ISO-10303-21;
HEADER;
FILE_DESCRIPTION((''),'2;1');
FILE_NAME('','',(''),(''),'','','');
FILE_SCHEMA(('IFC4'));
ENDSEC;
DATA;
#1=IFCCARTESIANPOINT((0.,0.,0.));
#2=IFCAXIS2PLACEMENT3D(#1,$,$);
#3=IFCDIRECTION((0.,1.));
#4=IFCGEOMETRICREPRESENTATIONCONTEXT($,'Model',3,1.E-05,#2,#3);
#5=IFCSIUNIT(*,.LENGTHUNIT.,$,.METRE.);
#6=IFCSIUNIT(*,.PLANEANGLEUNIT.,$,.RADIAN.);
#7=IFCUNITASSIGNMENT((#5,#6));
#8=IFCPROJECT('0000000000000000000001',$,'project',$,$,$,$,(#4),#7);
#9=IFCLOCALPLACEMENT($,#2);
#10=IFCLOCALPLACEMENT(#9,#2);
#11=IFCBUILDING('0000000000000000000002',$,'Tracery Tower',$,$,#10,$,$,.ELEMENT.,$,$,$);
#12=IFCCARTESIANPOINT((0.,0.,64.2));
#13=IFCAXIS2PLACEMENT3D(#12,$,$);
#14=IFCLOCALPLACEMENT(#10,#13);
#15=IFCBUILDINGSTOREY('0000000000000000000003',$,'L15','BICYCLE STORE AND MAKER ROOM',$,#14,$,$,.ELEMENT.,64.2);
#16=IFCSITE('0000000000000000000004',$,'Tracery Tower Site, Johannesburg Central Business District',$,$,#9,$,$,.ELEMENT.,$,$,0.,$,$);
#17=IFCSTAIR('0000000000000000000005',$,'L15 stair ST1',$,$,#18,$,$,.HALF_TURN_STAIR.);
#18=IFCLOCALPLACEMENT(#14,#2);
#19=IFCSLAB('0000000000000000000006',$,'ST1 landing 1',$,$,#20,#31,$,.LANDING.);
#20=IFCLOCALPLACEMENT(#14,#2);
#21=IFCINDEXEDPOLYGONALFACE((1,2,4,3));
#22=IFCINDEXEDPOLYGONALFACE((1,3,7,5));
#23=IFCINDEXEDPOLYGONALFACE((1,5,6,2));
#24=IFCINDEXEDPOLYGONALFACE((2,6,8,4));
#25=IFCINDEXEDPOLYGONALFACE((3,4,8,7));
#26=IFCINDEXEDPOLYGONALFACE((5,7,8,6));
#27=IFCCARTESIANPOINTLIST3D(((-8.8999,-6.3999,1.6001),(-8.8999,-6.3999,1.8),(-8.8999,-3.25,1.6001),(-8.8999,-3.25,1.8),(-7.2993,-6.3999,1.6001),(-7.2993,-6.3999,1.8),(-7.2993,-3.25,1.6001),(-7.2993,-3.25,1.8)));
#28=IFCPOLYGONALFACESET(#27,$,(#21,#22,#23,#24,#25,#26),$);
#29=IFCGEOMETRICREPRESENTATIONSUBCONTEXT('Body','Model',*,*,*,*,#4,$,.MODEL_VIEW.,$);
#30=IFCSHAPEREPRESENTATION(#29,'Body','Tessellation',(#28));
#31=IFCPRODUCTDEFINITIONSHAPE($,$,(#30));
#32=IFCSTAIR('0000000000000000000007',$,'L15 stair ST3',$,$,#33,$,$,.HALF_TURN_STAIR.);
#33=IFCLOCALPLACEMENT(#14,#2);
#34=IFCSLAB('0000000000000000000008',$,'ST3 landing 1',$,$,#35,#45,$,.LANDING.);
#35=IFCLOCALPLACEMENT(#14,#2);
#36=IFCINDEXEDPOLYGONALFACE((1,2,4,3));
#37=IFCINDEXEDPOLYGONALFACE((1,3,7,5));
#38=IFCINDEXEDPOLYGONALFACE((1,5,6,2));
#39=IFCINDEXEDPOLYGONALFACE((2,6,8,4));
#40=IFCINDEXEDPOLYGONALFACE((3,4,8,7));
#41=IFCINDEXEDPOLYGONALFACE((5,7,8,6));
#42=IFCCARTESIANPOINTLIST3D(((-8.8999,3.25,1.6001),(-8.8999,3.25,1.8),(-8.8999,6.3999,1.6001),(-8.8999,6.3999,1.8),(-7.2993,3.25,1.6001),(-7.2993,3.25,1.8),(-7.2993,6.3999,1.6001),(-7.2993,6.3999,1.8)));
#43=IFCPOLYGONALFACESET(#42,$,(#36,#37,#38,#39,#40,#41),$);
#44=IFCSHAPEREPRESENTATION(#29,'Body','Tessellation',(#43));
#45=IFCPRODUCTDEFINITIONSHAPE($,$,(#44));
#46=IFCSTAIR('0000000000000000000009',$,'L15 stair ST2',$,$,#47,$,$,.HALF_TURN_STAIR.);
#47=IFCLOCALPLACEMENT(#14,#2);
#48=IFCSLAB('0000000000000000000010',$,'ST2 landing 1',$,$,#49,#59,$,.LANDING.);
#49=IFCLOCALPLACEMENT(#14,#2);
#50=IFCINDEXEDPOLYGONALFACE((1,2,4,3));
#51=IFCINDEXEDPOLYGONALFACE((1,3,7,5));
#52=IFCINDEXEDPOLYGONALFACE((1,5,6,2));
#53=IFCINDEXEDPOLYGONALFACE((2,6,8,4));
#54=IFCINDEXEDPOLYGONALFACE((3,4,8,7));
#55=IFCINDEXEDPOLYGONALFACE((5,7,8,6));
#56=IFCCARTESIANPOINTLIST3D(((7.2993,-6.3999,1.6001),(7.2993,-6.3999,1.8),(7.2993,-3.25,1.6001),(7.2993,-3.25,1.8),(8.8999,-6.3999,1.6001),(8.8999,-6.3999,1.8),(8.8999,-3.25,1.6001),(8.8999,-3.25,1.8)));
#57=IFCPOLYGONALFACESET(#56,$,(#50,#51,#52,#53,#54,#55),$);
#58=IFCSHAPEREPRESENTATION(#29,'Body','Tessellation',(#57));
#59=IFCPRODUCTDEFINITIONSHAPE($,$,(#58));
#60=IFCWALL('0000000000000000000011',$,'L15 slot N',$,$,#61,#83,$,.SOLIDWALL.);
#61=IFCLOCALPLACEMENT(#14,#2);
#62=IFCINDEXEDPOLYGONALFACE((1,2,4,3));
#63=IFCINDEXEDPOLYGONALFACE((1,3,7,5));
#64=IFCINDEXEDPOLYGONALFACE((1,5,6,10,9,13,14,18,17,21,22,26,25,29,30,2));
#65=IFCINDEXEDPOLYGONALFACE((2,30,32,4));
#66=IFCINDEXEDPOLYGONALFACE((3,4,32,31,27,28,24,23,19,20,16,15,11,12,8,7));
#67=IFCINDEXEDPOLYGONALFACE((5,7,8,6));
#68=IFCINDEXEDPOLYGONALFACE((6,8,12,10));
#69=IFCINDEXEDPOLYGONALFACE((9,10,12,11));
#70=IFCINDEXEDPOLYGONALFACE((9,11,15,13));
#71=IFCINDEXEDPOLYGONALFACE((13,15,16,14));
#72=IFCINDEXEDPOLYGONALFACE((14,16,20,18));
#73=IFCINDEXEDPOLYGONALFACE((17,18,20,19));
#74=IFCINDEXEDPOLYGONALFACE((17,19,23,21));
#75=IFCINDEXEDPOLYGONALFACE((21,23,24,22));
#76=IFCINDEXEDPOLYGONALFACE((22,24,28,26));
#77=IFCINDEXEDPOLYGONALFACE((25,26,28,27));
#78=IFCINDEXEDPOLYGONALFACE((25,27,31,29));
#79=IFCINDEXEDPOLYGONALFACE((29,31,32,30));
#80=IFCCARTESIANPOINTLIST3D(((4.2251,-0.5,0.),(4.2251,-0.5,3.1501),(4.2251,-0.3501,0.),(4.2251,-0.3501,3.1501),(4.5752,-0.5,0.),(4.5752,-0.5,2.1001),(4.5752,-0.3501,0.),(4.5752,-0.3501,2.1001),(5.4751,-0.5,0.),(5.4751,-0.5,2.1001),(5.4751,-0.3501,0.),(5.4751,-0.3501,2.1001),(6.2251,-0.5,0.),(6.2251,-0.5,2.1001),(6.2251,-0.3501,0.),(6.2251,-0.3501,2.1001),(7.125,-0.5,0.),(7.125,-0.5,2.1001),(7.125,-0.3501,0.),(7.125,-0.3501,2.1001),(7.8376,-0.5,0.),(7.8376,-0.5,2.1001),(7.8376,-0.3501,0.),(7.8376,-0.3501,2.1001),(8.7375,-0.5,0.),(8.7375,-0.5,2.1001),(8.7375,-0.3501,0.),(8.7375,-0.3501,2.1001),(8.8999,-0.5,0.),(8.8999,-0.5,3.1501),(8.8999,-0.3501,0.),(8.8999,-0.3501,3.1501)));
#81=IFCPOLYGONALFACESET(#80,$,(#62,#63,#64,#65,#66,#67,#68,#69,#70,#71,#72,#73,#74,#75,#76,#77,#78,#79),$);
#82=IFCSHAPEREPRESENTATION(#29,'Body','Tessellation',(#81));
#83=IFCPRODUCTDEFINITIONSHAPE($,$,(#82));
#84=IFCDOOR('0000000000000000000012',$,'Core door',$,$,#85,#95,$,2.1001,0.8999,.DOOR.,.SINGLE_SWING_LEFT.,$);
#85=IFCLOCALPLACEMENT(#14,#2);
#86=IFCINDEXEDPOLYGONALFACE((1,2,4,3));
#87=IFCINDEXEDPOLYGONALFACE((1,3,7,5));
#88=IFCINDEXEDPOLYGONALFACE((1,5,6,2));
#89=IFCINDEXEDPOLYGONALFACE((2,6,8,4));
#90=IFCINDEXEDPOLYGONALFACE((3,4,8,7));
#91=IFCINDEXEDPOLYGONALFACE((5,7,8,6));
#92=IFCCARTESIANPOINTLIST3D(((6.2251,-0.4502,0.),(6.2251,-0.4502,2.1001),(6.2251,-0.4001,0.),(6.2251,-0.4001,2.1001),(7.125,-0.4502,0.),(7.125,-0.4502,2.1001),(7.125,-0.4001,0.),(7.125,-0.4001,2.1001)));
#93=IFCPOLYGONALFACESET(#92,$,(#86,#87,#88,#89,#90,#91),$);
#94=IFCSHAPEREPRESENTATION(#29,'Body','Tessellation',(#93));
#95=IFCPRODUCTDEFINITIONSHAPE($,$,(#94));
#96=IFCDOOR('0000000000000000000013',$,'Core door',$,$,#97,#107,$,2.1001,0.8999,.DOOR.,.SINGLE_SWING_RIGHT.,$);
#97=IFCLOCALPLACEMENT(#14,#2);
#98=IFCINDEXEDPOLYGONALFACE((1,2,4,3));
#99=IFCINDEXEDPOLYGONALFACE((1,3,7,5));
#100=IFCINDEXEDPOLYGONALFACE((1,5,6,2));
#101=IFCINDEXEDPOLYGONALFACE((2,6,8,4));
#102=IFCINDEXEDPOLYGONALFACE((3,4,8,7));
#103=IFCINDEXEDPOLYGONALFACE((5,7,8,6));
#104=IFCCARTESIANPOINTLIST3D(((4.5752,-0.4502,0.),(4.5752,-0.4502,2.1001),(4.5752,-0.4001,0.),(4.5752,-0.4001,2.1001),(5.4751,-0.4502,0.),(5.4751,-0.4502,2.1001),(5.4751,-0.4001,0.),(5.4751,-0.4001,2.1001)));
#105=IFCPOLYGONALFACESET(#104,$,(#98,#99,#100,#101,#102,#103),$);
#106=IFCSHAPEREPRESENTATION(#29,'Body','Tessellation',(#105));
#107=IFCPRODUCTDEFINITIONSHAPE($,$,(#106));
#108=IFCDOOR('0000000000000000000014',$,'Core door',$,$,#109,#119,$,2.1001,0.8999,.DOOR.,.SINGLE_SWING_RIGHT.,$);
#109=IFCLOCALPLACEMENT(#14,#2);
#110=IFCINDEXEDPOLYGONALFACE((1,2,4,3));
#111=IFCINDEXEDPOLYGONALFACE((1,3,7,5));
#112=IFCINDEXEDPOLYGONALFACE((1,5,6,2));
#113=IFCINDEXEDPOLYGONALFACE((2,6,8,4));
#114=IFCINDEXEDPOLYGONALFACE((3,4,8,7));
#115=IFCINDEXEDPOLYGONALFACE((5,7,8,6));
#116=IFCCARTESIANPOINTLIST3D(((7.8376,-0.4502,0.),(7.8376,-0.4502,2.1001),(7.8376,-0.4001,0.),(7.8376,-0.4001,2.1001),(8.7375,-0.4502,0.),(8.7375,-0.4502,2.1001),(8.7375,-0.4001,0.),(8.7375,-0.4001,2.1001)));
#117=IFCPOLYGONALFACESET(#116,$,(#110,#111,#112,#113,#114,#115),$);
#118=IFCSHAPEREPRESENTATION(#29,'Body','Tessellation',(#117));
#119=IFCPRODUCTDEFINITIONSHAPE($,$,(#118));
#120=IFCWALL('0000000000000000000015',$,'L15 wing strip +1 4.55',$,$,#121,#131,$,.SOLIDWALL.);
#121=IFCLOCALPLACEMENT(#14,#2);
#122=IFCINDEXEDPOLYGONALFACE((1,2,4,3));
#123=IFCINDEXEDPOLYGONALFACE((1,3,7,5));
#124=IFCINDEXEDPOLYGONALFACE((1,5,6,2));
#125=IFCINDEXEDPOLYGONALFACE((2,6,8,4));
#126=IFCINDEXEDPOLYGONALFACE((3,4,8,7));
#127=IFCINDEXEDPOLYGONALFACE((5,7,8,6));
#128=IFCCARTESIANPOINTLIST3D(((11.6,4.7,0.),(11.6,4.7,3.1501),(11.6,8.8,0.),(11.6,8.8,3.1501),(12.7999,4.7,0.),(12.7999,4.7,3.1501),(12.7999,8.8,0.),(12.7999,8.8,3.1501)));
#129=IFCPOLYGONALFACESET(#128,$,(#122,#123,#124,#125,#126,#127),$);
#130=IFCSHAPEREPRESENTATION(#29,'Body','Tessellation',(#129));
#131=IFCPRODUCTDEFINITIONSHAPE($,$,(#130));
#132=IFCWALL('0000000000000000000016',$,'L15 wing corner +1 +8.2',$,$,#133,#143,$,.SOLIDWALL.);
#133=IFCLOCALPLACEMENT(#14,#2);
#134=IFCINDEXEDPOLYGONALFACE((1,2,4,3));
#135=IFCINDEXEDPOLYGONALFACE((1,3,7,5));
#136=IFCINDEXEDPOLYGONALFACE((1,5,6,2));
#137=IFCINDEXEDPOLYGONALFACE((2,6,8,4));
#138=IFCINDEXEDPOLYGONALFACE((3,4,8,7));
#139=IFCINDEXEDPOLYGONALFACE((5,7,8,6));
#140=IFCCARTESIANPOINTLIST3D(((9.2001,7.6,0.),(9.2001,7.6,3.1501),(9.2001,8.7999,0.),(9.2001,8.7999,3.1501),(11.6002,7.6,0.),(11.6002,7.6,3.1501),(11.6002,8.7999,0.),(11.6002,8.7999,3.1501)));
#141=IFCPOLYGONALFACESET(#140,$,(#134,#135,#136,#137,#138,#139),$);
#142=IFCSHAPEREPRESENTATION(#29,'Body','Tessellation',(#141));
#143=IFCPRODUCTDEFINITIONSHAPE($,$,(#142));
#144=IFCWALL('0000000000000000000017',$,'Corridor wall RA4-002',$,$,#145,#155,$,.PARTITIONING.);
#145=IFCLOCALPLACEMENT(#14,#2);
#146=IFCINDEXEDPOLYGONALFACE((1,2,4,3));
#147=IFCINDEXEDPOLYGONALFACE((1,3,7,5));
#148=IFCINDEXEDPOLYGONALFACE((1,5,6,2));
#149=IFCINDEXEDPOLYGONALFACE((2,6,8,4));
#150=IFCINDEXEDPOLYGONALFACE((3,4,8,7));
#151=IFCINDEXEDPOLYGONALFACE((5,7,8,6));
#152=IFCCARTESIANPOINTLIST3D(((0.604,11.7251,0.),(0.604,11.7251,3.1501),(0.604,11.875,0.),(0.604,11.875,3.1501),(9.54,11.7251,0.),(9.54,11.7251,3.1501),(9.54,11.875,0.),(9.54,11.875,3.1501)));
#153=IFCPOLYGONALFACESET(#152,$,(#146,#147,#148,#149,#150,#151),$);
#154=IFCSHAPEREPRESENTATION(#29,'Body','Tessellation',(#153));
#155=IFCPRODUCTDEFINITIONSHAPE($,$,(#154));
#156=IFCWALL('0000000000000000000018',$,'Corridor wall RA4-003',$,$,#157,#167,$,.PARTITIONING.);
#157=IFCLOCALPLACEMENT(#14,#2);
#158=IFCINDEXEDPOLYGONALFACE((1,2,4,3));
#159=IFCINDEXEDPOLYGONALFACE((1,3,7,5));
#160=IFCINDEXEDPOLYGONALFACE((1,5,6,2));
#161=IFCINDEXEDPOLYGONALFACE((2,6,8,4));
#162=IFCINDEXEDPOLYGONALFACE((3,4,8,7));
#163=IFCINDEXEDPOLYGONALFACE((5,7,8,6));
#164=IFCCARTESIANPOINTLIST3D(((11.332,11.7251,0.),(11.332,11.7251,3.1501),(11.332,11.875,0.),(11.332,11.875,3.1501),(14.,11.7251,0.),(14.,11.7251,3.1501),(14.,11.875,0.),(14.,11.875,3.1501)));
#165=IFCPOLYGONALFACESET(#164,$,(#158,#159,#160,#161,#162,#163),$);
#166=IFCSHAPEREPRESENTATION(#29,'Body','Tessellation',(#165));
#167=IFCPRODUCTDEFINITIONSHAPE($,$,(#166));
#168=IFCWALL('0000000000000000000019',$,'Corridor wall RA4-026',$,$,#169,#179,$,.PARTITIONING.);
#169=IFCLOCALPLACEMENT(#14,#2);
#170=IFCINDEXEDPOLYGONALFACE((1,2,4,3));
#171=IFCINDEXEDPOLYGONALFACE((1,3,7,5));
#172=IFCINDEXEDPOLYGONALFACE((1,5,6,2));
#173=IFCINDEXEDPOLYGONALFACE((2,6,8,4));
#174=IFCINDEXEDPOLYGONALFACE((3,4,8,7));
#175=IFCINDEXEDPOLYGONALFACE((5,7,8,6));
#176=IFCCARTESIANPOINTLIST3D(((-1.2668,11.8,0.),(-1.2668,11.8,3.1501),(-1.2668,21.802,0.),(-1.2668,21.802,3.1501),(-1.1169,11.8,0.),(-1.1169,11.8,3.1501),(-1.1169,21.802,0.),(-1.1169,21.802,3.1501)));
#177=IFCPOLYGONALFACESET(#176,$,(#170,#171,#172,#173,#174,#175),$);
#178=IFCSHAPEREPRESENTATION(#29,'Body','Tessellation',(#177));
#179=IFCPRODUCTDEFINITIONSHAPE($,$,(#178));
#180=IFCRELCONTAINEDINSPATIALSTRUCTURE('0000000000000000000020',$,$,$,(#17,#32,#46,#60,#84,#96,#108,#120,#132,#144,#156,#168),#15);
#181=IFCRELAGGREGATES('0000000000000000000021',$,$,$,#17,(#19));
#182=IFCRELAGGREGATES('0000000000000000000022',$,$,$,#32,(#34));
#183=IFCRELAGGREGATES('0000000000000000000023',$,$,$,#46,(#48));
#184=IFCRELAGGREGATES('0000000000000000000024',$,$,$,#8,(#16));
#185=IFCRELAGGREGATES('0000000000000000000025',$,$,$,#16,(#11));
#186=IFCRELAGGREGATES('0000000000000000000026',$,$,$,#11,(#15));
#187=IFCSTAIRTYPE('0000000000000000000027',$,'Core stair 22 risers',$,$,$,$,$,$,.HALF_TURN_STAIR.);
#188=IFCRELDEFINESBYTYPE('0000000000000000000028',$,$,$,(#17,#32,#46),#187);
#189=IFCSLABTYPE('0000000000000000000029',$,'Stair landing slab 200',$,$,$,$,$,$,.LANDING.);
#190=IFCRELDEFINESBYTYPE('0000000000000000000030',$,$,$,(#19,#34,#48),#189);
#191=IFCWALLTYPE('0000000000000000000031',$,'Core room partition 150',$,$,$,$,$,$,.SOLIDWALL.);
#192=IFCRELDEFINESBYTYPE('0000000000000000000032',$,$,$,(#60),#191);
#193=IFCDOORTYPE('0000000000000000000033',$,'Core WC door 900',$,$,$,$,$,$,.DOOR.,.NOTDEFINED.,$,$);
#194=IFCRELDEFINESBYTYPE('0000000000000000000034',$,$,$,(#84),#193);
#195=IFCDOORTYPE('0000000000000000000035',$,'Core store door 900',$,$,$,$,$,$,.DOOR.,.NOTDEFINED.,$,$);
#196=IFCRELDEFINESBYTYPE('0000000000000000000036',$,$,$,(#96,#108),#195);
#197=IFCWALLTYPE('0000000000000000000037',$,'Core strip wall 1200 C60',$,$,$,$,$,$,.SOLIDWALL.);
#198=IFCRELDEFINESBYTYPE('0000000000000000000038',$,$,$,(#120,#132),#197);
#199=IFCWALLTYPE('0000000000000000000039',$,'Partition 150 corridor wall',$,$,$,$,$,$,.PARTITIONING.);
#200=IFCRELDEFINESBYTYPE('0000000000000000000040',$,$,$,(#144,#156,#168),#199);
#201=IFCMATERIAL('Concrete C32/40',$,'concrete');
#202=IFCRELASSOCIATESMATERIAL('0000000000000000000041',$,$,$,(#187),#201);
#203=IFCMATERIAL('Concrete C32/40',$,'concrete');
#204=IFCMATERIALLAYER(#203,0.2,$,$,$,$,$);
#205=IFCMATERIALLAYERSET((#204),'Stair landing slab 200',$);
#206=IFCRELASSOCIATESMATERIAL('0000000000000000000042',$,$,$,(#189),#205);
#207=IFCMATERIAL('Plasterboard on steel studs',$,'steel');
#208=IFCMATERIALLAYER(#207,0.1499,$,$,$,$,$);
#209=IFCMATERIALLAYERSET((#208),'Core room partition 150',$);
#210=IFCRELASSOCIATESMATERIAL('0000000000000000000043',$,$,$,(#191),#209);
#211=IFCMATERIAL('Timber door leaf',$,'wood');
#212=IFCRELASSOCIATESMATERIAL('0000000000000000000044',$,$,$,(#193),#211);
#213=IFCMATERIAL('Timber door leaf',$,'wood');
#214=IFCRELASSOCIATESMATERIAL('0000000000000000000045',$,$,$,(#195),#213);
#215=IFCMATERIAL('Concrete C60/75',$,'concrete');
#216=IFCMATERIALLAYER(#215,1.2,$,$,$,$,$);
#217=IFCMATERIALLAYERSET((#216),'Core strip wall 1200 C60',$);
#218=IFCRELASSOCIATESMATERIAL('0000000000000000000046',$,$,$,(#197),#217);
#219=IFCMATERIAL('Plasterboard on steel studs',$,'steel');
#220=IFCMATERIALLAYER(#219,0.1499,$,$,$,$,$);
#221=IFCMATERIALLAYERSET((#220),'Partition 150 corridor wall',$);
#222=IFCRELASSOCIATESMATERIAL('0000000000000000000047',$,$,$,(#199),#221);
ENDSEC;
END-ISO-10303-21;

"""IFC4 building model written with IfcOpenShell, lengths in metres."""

from ifc_helpers import new_model, si_unit, direction, frame, frame_2d, origin, place, context, subcontext, project, spatial, polyline, rectangle, outline, extrude, material, layer, layer_set, type_object, element, fill, aggregate, save


model = new_model("IFC4")

# Units and contexts
model_context = context("Model", 3, precision=1e-05, world=origin(), true_north=direction((0.0, 1.0)))
body_context = subcontext(model_context, "Body", "Model", "MODEL_VIEW")
ifc_project = project(units=[si_unit("LENGTHUNIT", "METRE"), si_unit("PLANEANGLEUNIT", "RADIAN")], contexts=[model_context])

# Site, building, storey
site_placement = place(None, origin())
site = spatial("IfcSite", under=ifc_project, at=site_placement, Name="Tracery Tower Site, Johannesburg Central Business District", CompositionType="ELEMENT", RefElevation=0.0)
building_placement = place(site_placement, origin())
building = spatial("IfcBuilding", under=site, at=building_placement, Name="Tracery Tower", CompositionType="ELEMENT")
storey_placement = place(building_placement, frame((0.0, 0.0, 64.2)))
storey = spatial("IfcBuildingStorey", under=building, at=storey_placement, Name="L15", Description="BICYCLE STORE AND MAKER ROOM", CompositionType="ELEMENT", Elevation=64.2)

# Stairs, slabs
ifc_material_1 = material(Name="Concrete C32/40", Category="concrete")
stair_type = type_object("IfcStairType", Name="Core stair 22 risers", PredefinedType="HALF_TURN_STAIR", material=ifc_material_1)
stair_1_placement = place(storey_placement, origin())
stair_1 = element("IfcStair", 1, at=stair_1_placement, inside=storey, type_object=stair_type, Name="L15 stair ST1", PredefinedType="HALF_TURN_STAIR")
ifc_material_2 = material(Name="Concrete C32/40", Category="concrete")
ifc_layer_1 = layer(ifc_material_2, 0.2)
ifc_layer_set_1 = layer_set([ifc_layer_1], Name="Stair landing slab 200")
slab_type_1 = type_object("IfcSlabType", Name="Stair landing slab 200", PredefinedType="LANDING", material=ifc_layer_set_1)
slab_1_placement = place(storey_placement, frame((0.0, 0.0, 1.6001)))
slab_1 = element("IfcSlab", 2, at=slab_1_placement, type_object=slab_type_1, Name="ST1 landing 1", PredefinedType="LANDING", context=body_context, shape_type="SweptSolid", body=[
    extrude(outline(polyline([(-7.2993, -3.25), (-8.8999, -3.25), (-8.8999, -6.3999), (-7.2993, -6.3999), (-7.2993, -3.25)])), origin(), (0.0, 0.0, 1.0), 0.2),
])
aggregate(stair_1, [slab_1])
stair_2_placement = place(storey_placement, origin())
stair_2 = element("IfcStair", 3, at=stair_2_placement, inside=storey, type_object=stair_type, Name="L15 stair ST3", PredefinedType="HALF_TURN_STAIR")
slab_2_placement = place(storey_placement, frame((0.0, 0.0, 1.6001)))
slab_2 = element("IfcSlab", 4, at=slab_2_placement, type_object=slab_type_1, Name="ST3 landing 1", PredefinedType="LANDING", context=body_context, shape_type="SweptSolid", body=[
    extrude(outline(polyline([(-7.2993, 6.3999), (-8.8999, 6.3999), (-8.8999, 3.25), (-7.2993, 3.25), (-7.2993, 6.3999)])), origin(), (0.0, 0.0, 1.0), 0.2),
])
aggregate(stair_2, [slab_2])
stair_3_placement = place(storey_placement, origin())
stair_3 = element("IfcStair", 5, at=stair_3_placement, inside=storey, type_object=stair_type, Name="L15 stair ST2", PredefinedType="HALF_TURN_STAIR")
slab_3_placement = place(storey_placement, frame((0.0, 0.0, 1.6001)))
slab_3 = element("IfcSlab", 6, at=slab_3_placement, type_object=slab_type_1, Name="ST2 landing 1", PredefinedType="LANDING", context=body_context, shape_type="SweptSolid", body=[
    extrude(outline(polyline([(7.2993, -6.3999), (8.8999, -6.3999), (8.8999, -3.25), (7.2993, -3.25), (7.2993, -6.3999)])), origin(), (0.0, 0.0, 1.0), 0.2),
])
aggregate(stair_3, [slab_3])

# Wall, openings, doors
ifc_material_3 = material(Name="Plasterboard on steel studs", Category="steel")
ifc_layer_2 = layer(ifc_material_3, 0.1499)
ifc_layer_set_2 = layer_set([ifc_layer_2], Name="Core room partition 150")
wall_type_1 = type_object("IfcWallType", Name="Core room partition 150", PredefinedType="SOLIDWALL", material=ifc_layer_set_2)
wall_1_placement = place(storey_placement, frame((4.2251, -0.425, 0.0), z_axis=(0.0, 0.0, 1.0), x_axis=(1.0, 0.0, 0.0)))
wall_1 = element("IfcWall", 7, at=wall_1_placement, inside=storey, type_object=wall_type_1, Name="L15 slot N", PredefinedType="SOLIDWALL", context=body_context, shape_type="SweptSolid", body=[
    extrude(rectangle(XDim=4.6748, YDim=0.1499, at=frame_2d((2.3374, 0.0))), origin(), (0.0, 0.0, 1.0), 3.1501),
])
opening_1_placement = place(wall_1_placement, frame((0.3501, 0.0, 0.0)))
opening_1 = element("IfcOpeningElement", 8, at=opening_1_placement, cuts=wall_1, PredefinedType="OPENING", context=body_context, shape_type="SweptSolid", body=[
    extrude(rectangle(XDim=0.8999, YDim=2.1001, at=frame_2d((0.45, 1.05))), frame((0.0, 0.075, 0.0), z_axis=(0.0, -1.0, 0.0), x_axis=(1.0, 0.0, 0.0)), (0.0, 0.0, 1.0), 0.1499),
])
opening_2_placement = place(wall_1_placement, frame((2.0, 0.0, 0.0)))
opening_2 = element("IfcOpeningElement", 9, at=opening_2_placement, cuts=wall_1, PredefinedType="OPENING", context=body_context, shape_type="SweptSolid", body=[
    extrude(rectangle(XDim=0.8999, YDim=2.1001, at=frame_2d((0.45, 1.05))), frame((0.0, 0.075, 0.0), z_axis=(0.0, -1.0, 0.0), x_axis=(1.0, 0.0, 0.0)), (0.0, 0.0, 1.0), 0.1499),
])
opening_3_placement = place(wall_1_placement, frame((3.6125, 0.0, 0.0)))
opening_3 = element("IfcOpeningElement", 10, at=opening_3_placement, cuts=wall_1, PredefinedType="OPENING", context=body_context, shape_type="SweptSolid", body=[
    extrude(rectangle(XDim=0.8999, YDim=2.1001, at=frame_2d((0.45, 1.05))), frame((0.0, 0.075, 0.0), z_axis=(0.0, -1.0, 0.0), x_axis=(1.0, 0.0, 0.0)), (0.0, 0.0, 1.0), 0.1499),
])
ifc_material_4 = material(Name="Timber door leaf", Category="wood")
door_type_1 = type_object("IfcDoorType", Name="Core WC door 900", OperationType="NOTDEFINED", PredefinedType="DOOR", material=ifc_material_4)
door_1_placement = place(opening_2_placement, origin())
door_1 = element("IfcDoor", 11, at=door_1_placement, inside=storey, type_object=door_type_1, Name="Core door", OperationType="SINGLE_SWING_LEFT", OverallHeight=2.1001, OverallWidth=0.8999, PredefinedType="DOOR", context=body_context, shape_type="SweptSolid", body=[
    extrude(rectangle(XDim=0.8999, YDim=2.1001, at=frame_2d((0.45, 1.05))), frame((0.0, 0.0249, 0.0), z_axis=(0.0, -1.0, 0.0), x_axis=(1.0, 0.0, 0.0)), (0.0, 0.0, 1.0), 0.05),
])
fill(opening_2, door_1)
ifc_material_5 = material(Name="Timber door leaf", Category="wood")
door_type_2 = type_object("IfcDoorType", Name="Core store door 900", OperationType="NOTDEFINED", PredefinedType="DOOR", material=ifc_material_5)
door_2_placement = place(opening_1_placement, origin())
door_2 = element("IfcDoor", 12, at=door_2_placement, inside=storey, type_object=door_type_2, Name="Core door", OperationType="SINGLE_SWING_RIGHT", OverallHeight=2.1001, OverallWidth=0.8999, PredefinedType="DOOR", context=body_context, shape_type="SweptSolid", body=[
    extrude(rectangle(XDim=0.8999, YDim=2.1001, at=frame_2d((0.45, 1.05))), frame((0.0, 0.0249, 0.0), z_axis=(0.0, -1.0, 0.0), x_axis=(1.0, 0.0, 0.0)), (0.0, 0.0, 1.0), 0.05),
])
fill(opening_1, door_2)
door_3_placement = place(opening_3_placement, origin())
door_3 = element("IfcDoor", 13, at=door_3_placement, inside=storey, type_object=door_type_2, Name="Core door", OperationType="SINGLE_SWING_RIGHT", OverallHeight=2.1001, OverallWidth=0.8999, PredefinedType="DOOR", context=body_context, shape_type="SweptSolid", body=[
    extrude(rectangle(XDim=0.8999, YDim=2.1001, at=frame_2d((0.45, 1.05))), frame((0.0, 0.0249, 0.0), z_axis=(0.0, -1.0, 0.0), x_axis=(1.0, 0.0, 0.0)), (0.0, 0.0, 1.0), 0.05),
])
fill(opening_3, door_3)

# Walls
ifc_material_6 = material(Name="Concrete C60/75", Category="concrete")
ifc_layer_3 = layer(ifc_material_6, 1.2)
ifc_layer_set_3 = layer_set([ifc_layer_3], Name="Core strip wall 1200 C60")
wall_type_2 = type_object("IfcWallType", Name="Core strip wall 1200 C60", PredefinedType="SOLIDWALL", material=ifc_layer_set_3)
wall_2_placement = place(storey_placement, frame((12.2, 4.7, 0.0), z_axis=(0.0, 0.0, 1.0), x_axis=(0.0, 1.0, 0.0)))
element("IfcWall", 14, at=wall_2_placement, inside=storey, type_object=wall_type_2, Name="L15 wing strip +1 4.55", PredefinedType="SOLIDWALL", context=body_context, shape_type="SweptSolid", body=[
    extrude(rectangle(XDim=4.1001, YDim=1.2, at=frame_2d((2.05, 0.0))), origin(), (0.0, 0.0, 1.0), 3.1501),
])
wall_3_placement = place(storey_placement, frame((9.2, 8.2, 0.0), z_axis=(0.0, 0.0, 1.0), x_axis=(1.0, 0.0, 0.0)))
element("IfcWall", 15, at=wall_3_placement, inside=storey, type_object=wall_type_2, Name="L15 wing corner +1 +8.2", PredefinedType="SOLIDWALL", context=body_context, shape_type="SweptSolid", body=[
    extrude(rectangle(XDim=2.4001, YDim=1.2, at=frame_2d((1.2002, 0.0))), origin(), (0.0, 0.0, 1.0), 3.1501),
])
ifc_material_7 = material(Name="Plasterboard on steel studs", Category="steel")
ifc_layer_4 = layer(ifc_material_7, 0.1499)
ifc_layer_set_4 = layer_set([ifc_layer_4], Name="Partition 150 corridor wall")
wall_type_3 = type_object("IfcWallType", Name="Partition 150 corridor wall", PredefinedType="PARTITIONING", material=ifc_layer_set_4)
wall_4_placement = place(storey_placement, frame((0.604, 11.8, 0.0), z_axis=(0.0, 0.0, 1.0), x_axis=(1.0, 0.0, 0.0)))
element("IfcWall", 16, at=wall_4_placement, inside=storey, type_object=wall_type_3, Name="Corridor wall RA4-002", PredefinedType="PARTITIONING", context=body_context, shape_type="SweptSolid", body=[
    extrude(rectangle(XDim=8.936, YDim=0.1499, at=frame_2d((4.468, 0.0))), origin(), (0.0, 0.0, 1.0), 3.1501),
])
wall_5_placement = place(storey_placement, frame((11.332, 11.8, 0.0), z_axis=(0.0, 0.0, 1.0), x_axis=(1.0, 0.0, 0.0)))
element("IfcWall", 17, at=wall_5_placement, inside=storey, type_object=wall_type_3, Name="Corridor wall RA4-003", PredefinedType="PARTITIONING", context=body_context, shape_type="SweptSolid", body=[
    extrude(rectangle(XDim=2.668, YDim=0.1499, at=frame_2d((1.334, 0.0))), origin(), (0.0, 0.0, 1.0), 3.1501),
])
wall_6_placement = place(storey_placement, frame((-1.1919, 11.8, 0.0), z_axis=(0.0, 0.0, 1.0), x_axis=(0.0, 1.0, 0.0)))
element("IfcWall", 18, at=wall_6_placement, inside=storey, type_object=wall_type_3, Name="Corridor wall RA4-026", PredefinedType="PARTITIONING", context=body_context, shape_type="SweptSolid", body=[
    extrude(rectangle(XDim=10.002, YDim=0.1499, at=frame_2d((5.001, 0.0))), origin(), (0.0, 0.0, 1.0), 3.1501),
])

save(model, "model.ifc")
